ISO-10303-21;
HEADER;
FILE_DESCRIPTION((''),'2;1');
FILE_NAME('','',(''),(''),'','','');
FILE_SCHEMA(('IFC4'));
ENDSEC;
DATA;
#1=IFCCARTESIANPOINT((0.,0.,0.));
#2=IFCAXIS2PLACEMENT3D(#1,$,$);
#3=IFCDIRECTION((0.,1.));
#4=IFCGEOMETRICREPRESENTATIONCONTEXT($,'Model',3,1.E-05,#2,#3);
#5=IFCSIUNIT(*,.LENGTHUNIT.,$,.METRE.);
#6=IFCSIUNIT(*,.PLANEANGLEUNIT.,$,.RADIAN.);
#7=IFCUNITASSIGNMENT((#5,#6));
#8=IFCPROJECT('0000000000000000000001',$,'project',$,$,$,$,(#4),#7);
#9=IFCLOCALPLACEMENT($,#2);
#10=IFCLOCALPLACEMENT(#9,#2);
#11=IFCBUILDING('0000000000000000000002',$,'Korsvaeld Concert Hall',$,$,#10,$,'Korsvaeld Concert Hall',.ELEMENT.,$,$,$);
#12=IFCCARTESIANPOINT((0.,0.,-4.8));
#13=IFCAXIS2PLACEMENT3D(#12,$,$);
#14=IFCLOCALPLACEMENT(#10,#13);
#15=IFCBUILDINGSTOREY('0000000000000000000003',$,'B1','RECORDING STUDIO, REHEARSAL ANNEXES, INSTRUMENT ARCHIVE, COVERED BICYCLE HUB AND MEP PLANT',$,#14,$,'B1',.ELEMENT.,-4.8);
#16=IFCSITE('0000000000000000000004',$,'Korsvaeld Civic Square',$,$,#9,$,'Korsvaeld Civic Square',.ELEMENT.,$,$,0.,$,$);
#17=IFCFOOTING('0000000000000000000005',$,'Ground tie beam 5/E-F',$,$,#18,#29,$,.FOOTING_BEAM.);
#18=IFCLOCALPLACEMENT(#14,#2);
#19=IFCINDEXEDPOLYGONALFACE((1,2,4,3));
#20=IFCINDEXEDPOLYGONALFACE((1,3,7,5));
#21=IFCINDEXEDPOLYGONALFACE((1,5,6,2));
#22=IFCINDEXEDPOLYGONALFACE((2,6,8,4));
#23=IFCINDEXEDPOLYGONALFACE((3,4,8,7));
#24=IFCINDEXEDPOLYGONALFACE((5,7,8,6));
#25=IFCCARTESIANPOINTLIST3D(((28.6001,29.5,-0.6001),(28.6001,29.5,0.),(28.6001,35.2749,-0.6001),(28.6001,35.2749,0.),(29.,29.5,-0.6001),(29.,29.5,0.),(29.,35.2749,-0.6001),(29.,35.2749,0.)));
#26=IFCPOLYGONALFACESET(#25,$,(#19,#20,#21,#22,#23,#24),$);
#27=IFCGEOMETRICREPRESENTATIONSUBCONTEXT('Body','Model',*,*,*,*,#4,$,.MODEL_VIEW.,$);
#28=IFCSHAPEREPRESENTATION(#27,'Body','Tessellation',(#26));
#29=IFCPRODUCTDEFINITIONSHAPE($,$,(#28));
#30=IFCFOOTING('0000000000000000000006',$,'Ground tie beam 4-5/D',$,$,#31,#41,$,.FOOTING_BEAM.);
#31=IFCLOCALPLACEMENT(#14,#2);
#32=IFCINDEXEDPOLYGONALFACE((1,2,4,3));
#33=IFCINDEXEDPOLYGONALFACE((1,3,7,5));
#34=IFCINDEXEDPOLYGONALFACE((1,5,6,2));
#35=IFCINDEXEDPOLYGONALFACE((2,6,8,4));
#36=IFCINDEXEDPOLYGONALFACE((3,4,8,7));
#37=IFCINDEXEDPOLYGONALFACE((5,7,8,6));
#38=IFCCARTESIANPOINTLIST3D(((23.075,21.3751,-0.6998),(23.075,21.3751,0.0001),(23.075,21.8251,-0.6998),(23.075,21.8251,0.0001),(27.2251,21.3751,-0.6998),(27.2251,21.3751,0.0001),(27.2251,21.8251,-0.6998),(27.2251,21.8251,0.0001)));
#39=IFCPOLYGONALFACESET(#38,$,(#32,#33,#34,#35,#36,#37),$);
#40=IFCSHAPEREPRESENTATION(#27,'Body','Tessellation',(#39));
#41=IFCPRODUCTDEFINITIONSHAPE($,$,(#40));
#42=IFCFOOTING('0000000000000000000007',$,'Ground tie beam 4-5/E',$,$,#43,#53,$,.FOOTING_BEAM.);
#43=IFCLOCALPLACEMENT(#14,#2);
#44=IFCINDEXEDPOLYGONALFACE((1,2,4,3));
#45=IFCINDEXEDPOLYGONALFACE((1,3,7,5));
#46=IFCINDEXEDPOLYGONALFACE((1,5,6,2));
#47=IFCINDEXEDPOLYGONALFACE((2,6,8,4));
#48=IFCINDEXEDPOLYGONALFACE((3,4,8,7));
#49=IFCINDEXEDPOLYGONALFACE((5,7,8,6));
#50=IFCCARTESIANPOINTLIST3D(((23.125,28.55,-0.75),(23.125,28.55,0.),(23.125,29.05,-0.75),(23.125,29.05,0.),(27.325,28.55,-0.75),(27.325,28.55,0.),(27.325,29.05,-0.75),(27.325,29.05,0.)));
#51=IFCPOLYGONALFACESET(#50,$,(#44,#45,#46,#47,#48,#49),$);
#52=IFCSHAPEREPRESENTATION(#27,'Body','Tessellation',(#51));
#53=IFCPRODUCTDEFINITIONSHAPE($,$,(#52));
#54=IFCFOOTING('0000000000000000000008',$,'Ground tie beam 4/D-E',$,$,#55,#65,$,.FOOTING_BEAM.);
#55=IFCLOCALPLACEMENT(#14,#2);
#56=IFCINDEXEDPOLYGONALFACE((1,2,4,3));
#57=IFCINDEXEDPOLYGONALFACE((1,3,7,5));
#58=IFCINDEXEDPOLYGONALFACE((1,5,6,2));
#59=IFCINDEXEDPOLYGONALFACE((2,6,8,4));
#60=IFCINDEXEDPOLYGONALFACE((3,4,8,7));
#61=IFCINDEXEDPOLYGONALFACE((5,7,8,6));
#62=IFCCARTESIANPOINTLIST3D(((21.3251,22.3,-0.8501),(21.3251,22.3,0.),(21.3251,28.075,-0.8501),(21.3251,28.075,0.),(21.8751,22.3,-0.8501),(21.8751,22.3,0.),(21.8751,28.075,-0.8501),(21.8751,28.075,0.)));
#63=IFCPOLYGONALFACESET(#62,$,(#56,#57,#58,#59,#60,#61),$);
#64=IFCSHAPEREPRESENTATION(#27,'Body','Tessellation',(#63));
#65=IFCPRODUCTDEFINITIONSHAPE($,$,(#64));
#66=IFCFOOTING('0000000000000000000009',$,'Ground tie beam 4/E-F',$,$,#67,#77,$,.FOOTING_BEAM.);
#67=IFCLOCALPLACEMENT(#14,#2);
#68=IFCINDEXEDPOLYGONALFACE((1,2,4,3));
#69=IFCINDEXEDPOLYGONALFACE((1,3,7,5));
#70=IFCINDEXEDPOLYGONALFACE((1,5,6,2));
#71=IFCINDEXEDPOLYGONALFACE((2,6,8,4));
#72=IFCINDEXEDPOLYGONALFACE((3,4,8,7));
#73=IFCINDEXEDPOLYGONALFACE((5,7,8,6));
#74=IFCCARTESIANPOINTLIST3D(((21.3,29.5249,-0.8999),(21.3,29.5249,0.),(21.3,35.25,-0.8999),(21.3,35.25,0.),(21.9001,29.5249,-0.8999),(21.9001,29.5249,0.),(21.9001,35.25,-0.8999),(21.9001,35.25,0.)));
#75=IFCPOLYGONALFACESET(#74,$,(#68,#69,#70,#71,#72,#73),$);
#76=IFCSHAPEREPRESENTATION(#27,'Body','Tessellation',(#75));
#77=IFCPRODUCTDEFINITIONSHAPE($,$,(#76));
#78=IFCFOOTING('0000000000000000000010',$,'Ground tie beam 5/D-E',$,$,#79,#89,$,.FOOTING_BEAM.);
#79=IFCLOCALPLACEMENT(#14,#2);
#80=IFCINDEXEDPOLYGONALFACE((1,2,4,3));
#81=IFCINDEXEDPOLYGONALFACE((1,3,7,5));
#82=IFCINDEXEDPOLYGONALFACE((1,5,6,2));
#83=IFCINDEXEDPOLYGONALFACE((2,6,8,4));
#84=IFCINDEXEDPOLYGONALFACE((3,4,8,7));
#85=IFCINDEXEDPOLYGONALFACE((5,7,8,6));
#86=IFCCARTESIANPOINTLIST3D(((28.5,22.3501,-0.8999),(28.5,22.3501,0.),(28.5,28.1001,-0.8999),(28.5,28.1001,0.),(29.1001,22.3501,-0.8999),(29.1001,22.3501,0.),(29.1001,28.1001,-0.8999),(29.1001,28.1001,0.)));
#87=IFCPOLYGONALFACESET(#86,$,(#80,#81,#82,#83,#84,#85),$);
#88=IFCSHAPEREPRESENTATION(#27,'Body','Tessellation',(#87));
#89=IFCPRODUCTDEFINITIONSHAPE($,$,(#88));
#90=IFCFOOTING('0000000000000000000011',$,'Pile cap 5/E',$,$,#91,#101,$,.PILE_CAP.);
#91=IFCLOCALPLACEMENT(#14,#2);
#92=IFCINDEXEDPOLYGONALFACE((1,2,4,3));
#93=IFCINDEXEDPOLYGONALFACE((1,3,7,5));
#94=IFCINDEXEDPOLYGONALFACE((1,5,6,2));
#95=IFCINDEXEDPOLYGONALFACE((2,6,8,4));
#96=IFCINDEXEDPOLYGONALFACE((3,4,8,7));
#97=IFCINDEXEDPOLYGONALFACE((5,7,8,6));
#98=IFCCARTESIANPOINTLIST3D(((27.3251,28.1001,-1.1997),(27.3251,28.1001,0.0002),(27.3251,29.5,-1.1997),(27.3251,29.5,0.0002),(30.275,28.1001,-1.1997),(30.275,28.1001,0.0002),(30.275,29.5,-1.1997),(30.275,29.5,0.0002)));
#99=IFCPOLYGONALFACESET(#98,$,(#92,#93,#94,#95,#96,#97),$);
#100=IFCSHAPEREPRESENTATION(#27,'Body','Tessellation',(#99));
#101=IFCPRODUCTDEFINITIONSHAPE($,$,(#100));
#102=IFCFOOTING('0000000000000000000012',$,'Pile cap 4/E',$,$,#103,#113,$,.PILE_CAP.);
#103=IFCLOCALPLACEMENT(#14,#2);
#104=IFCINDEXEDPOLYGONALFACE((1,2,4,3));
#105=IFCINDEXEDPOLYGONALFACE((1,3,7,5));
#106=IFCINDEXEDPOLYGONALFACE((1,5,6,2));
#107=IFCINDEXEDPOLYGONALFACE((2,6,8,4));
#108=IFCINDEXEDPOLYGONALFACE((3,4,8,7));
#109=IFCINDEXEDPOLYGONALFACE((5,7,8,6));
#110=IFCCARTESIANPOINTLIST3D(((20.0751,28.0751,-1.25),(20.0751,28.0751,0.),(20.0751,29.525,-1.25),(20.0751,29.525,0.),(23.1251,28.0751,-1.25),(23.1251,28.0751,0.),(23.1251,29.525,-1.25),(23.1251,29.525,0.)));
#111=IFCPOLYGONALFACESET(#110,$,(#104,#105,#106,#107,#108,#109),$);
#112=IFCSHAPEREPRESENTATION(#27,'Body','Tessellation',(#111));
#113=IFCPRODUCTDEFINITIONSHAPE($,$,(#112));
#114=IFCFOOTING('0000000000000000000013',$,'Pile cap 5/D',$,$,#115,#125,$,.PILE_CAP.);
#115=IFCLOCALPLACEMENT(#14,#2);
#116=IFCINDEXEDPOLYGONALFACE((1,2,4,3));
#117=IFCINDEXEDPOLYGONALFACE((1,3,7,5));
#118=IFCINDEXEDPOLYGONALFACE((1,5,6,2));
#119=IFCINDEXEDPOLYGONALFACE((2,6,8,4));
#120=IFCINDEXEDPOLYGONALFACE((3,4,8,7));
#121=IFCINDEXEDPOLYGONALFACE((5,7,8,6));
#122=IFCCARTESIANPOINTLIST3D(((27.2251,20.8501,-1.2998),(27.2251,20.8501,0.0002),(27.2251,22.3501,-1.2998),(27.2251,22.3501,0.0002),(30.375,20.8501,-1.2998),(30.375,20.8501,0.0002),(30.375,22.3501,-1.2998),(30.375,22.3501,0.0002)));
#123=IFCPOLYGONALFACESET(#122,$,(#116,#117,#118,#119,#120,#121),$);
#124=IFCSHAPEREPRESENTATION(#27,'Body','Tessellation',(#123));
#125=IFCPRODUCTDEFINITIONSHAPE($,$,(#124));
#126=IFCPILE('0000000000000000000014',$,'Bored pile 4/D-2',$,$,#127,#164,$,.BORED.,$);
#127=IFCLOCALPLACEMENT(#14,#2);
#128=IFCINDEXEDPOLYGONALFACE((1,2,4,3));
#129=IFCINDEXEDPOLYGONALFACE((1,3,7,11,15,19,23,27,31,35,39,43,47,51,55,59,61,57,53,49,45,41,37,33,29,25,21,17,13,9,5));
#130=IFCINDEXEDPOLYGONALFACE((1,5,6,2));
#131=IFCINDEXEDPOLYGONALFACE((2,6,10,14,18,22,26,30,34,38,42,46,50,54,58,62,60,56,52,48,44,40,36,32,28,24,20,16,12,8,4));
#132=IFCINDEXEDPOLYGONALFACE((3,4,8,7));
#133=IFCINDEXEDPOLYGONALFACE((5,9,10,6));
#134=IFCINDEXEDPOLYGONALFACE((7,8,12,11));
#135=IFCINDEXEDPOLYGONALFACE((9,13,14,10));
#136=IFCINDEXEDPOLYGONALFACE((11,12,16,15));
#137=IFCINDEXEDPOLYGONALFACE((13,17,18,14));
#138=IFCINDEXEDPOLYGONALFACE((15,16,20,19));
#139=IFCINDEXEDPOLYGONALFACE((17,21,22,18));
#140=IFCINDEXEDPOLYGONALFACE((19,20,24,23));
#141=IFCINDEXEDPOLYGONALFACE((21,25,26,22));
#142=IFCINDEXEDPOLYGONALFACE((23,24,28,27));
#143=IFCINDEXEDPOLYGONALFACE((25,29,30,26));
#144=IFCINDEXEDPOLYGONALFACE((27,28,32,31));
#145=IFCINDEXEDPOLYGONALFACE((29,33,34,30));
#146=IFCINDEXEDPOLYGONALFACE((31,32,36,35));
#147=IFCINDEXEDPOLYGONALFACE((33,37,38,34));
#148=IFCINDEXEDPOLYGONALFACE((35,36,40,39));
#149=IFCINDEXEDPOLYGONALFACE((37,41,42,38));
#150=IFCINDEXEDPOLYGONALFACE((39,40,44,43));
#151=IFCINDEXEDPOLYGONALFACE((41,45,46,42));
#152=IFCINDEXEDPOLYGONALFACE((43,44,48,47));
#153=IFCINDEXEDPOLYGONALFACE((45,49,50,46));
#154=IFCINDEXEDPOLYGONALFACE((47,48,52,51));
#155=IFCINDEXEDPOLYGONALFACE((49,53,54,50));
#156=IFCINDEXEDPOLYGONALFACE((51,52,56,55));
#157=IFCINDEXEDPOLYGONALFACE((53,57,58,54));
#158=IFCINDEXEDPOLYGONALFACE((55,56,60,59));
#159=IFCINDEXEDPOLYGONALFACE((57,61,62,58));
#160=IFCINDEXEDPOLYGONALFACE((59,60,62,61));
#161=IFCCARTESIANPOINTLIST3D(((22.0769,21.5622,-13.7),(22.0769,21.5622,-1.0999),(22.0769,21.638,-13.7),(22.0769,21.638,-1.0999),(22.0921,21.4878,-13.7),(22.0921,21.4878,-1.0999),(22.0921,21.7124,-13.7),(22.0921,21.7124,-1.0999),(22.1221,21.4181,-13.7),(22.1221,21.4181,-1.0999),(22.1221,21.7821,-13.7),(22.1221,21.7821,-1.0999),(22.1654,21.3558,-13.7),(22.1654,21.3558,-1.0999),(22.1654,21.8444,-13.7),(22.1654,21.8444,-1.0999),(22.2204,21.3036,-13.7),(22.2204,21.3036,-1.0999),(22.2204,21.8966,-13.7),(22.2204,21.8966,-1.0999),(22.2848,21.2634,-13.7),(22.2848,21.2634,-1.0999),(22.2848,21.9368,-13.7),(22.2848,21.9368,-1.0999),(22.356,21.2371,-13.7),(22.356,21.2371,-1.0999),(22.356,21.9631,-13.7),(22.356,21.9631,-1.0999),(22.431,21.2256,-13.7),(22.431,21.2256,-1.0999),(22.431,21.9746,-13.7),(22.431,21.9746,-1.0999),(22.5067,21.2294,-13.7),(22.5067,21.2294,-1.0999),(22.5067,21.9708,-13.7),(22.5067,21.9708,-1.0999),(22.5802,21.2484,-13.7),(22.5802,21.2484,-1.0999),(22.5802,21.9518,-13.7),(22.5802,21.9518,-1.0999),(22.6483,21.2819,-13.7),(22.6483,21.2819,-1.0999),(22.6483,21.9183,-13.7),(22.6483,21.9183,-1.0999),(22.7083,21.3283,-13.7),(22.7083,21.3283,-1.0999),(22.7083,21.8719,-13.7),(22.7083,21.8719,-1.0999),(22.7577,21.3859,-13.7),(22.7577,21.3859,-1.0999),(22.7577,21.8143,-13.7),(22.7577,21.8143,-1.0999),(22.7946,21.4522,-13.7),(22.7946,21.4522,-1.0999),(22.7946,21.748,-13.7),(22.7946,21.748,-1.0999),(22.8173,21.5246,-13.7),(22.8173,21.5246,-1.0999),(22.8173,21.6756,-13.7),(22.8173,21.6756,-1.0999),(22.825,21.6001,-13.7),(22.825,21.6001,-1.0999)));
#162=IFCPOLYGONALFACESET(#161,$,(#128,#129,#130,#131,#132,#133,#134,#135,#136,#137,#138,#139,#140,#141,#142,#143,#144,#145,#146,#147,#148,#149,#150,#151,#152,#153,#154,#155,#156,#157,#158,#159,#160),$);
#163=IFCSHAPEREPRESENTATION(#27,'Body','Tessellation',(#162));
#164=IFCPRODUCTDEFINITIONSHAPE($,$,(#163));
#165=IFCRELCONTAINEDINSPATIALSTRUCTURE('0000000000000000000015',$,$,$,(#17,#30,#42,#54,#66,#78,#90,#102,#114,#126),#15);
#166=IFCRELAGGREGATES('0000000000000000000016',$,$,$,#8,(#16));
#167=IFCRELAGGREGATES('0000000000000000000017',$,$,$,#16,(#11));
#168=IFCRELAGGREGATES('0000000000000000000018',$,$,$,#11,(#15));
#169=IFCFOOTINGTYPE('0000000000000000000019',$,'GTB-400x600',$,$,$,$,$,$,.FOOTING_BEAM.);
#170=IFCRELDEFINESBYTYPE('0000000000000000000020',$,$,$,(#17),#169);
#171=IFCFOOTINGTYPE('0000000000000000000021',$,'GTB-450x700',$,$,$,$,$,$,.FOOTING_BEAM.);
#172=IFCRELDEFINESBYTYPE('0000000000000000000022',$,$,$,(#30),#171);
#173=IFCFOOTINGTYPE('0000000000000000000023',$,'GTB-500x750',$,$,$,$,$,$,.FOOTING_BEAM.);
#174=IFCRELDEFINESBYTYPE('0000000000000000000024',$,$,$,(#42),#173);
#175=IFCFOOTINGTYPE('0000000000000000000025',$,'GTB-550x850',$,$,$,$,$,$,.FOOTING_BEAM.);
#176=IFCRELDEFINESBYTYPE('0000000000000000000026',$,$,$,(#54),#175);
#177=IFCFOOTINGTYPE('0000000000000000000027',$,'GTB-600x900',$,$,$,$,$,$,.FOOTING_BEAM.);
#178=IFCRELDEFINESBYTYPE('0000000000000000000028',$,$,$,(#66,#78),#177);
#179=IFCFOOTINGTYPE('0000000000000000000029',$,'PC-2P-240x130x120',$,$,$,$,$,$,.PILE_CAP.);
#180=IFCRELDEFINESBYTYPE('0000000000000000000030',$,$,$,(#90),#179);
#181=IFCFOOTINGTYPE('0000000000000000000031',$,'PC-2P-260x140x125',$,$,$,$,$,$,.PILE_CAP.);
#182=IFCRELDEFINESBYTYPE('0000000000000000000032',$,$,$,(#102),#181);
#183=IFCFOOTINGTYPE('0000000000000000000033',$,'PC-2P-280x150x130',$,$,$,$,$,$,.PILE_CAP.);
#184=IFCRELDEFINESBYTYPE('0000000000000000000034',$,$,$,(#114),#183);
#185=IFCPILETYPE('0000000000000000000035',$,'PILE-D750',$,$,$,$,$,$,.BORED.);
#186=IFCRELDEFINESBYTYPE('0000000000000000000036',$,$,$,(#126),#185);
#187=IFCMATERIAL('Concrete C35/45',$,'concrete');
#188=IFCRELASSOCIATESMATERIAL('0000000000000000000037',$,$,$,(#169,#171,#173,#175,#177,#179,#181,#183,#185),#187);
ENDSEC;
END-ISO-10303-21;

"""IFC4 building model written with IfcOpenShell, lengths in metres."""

from ifc_helpers import new_model, si_unit, direction, frame, origin, origin_2d, place, context, subcontext, project, spatial, rectangle, circle, extrude, material, material_profile, profile_set, type_object, element, save


model = new_model("IFC4")

# Units and contexts
model_context = context("Model", 3, precision=1e-05, world=origin(), true_north=direction((0.0, 1.0)))
body_context = subcontext(model_context, "Body", "Model", "MODEL_VIEW")
ifc_project = project(units=[si_unit("LENGTHUNIT", "METRE"), si_unit("PLANEANGLEUNIT", "RADIAN")], contexts=[model_context])

# Site, building, storey
site_placement = place(None, origin())
site = spatial("IfcSite", under=ifc_project, at=site_placement, Name="Korsvaeld Civic Square", LongName="Korsvaeld Civic Square", CompositionType="ELEMENT", RefElevation=0.0)
building_placement = place(site_placement, origin())
building = spatial("IfcBuilding", under=site, at=building_placement, Name="Korsvaeld Concert Hall", LongName="Korsvaeld Concert Hall", CompositionType="ELEMENT")
storey_placement = place(building_placement, frame((0.0, 0.0, -4.8)))
storey = spatial("IfcBuildingStorey", under=building, at=storey_placement, Name="B1", Description="RECORDING STUDIO, REHEARSAL ANNEXES, INSTRUMENT ARCHIVE, COVERED BICYCLE HUB AND MEP PLANT", LongName="B1", CompositionType="ELEMENT", Elevation=-4.8)

# Footings
ifc_material_1 = material(Name="Concrete C35/45", Category="concrete")
ifc_material_profile_1 = material_profile(ifc_material_1, rectangle(XDim=0.3999, YDim=0.6001, at=origin_2d()), Name="GTB 400x600")
ifc_profile_set_1 = profile_set([ifc_material_profile_1], Name="Concrete C35/45")
footing_type_1 = type_object("IfcFootingType", Name="GTB-400x600", PredefinedType="FOOTING_BEAM", material=ifc_profile_set_1)
footing_1_placement = place(storey_placement, frame((28.8, 29.5, -0.3), z_axis=(0.0, 1.0, 0.0), x_axis=(-1.0, 0.0, 0.0)))
element("IfcFooting", 1, at=footing_1_placement, inside=storey, type_object=footing_type_1, Name="Ground tie beam 5/E-F", PredefinedType="FOOTING_BEAM", context=body_context, shape_type="SweptSolid", body=[
    extrude(rectangle(XDim=0.3999, YDim=0.6001, at=origin_2d()), origin(), (0.0, 0.0, 1.0), 5.7749),
])
ifc_material_profile_2 = material_profile(ifc_material_1, rectangle(XDim=0.45, YDim=0.7, at=origin_2d()), Name="GTB 450x700")
ifc_profile_set_2 = profile_set([ifc_material_profile_2], Name="Concrete C35/45")
footing_type_2 = type_object("IfcFootingType", Name="GTB-450x700", PredefinedType="FOOTING_BEAM", material=ifc_profile_set_2)
footing_2_placement = place(storey_placement, frame((23.075, 21.6001, -0.3499), z_axis=(1.0, 0.0, 0.0), x_axis=(0.0, 1.0, 0.0)))
element("IfcFooting", 2, at=footing_2_placement, inside=storey, type_object=footing_type_2, Name="Ground tie beam 4-5/D", PredefinedType="FOOTING_BEAM", context=body_context, shape_type="SweptSolid", body=[
    extrude(rectangle(XDim=0.45, YDim=0.7, at=origin_2d()), origin(), (0.0, 0.0, 1.0), 4.1501),
])
ifc_material_profile_3 = material_profile(ifc_material_1, rectangle(XDim=0.5, YDim=0.75, at=origin_2d()), Name="GTB 500x750")
ifc_profile_set_3 = profile_set([ifc_material_profile_3], Name="Concrete C35/45")
footing_type_3 = type_object("IfcFootingType", Name="GTB-500x750", PredefinedType="FOOTING_BEAM", material=ifc_profile_set_3)
footing_3_placement = place(storey_placement, frame((23.125, 28.8, -0.375), z_axis=(1.0, 0.0, 0.0), x_axis=(0.0, 1.0, 0.0)))
element("IfcFooting", 3, at=footing_3_placement, inside=storey, type_object=footing_type_3, Name="Ground tie beam 4-5/E", PredefinedType="FOOTING_BEAM", context=body_context, shape_type="SweptSolid", body=[
    extrude(rectangle(XDim=0.5, YDim=0.75, at=origin_2d()), origin(), (0.0, 0.0, 1.0), 4.2),
])
ifc_material_profile_4 = material_profile(ifc_material_1, rectangle(XDim=0.55, YDim=0.8501, at=origin_2d()), Name="GTB 550x850")
ifc_profile_set_4 = profile_set([ifc_material_profile_4], Name="Concrete C35/45")
footing_type_4 = type_object("IfcFootingType", Name="GTB-550x850", PredefinedType="FOOTING_BEAM", material=ifc_profile_set_4)
footing_4_placement = place(storey_placement, frame((21.6001, 22.3, -0.425), z_axis=(0.0, 1.0, 0.0), x_axis=(-1.0, 0.0, 0.0)))
element("IfcFooting", 4, at=footing_4_placement, inside=storey, type_object=footing_type_4, Name="Ground tie beam 4/D-E", PredefinedType="FOOTING_BEAM", context=body_context, shape_type="SweptSolid", body=[
    extrude(rectangle(XDim=0.55, YDim=0.8501, at=origin_2d()), origin(), (0.0, 0.0, 1.0), 5.7749),
])
ifc_material_profile_5 = material_profile(ifc_material_1, rectangle(XDim=0.6001, YDim=0.8999, at=origin_2d()), Name="GTB 600x900")
ifc_profile_set_5 = profile_set([ifc_material_profile_5], Name="Concrete C35/45")
footing_type_5 = type_object("IfcFootingType", Name="GTB-600x900", PredefinedType="FOOTING_BEAM", material=ifc_profile_set_5)
footing_5_placement = place(storey_placement, frame((21.6001, 29.5249, -0.45), z_axis=(0.0, 1.0, 0.0), x_axis=(-1.0, 0.0, 0.0)))
element("IfcFooting", 5, at=footing_5_placement, inside=storey, type_object=footing_type_5, Name="Ground tie beam 4/E-F", PredefinedType="FOOTING_BEAM", context=body_context, shape_type="SweptSolid", body=[
    extrude(rectangle(XDim=0.6001, YDim=0.8999, at=origin_2d()), origin(), (0.0, 0.0, 1.0), 5.7251),
])
footing_6_placement = place(storey_placement, frame((28.8, 22.3501, -0.45), z_axis=(0.0, 1.0, 0.0), x_axis=(-1.0, 0.0, 0.0)))
element("IfcFooting", 6, at=footing_6_placement, inside=storey, type_object=footing_type_5, Name="Ground tie beam 5/D-E", PredefinedType="FOOTING_BEAM", context=body_context, shape_type="SweptSolid", body=[
    extrude(rectangle(XDim=0.6001, YDim=0.8999, at=origin_2d()), origin(), (0.0, 0.0, 1.0), 5.75),
])
footing_type_6 = type_object("IfcFootingType", Name="PC-2P-240x130x120", PredefinedType="PILE_CAP", material=ifc_material_1)
footing_7_placement = place(storey_placement, frame((28.8, 28.8, -1.1997), z_axis=(0.0, 0.0, 1.0), x_axis=(1.0, 0.0, 0.0)))
element("IfcFooting", 7, at=footing_7_placement, inside=storey, type_object=footing_type_6, Name="Pile cap 5/E", PredefinedType="PILE_CAP", context=body_context, shape_type="SweptSolid", body=[
    extrude(rectangle(XDim=2.95, YDim=1.3999, at=origin_2d()), origin(), (0.0, 0.0, 1.0), 1.2),
])
footing_type_7 = type_object("IfcFootingType", Name="PC-2P-260x140x125", PredefinedType="PILE_CAP", material=ifc_material_1)
footing_8_placement = place(storey_placement, frame((21.6001, 28.8, -1.25), z_axis=(0.0, 0.0, 1.0), x_axis=(1.0, 0.0, 0.0)))
element("IfcFooting", 8, at=footing_8_placement, inside=storey, type_object=footing_type_7, Name="Pile cap 4/E", PredefinedType="PILE_CAP", context=body_context, shape_type="SweptSolid", body=[
    extrude(rectangle(XDim=3.05, YDim=1.45, at=origin_2d()), origin(), (0.0, 0.0, 1.0), 1.25),
])
footing_type_8 = type_object("IfcFootingType", Name="PC-2P-280x150x130", PredefinedType="PILE_CAP", material=ifc_material_1)
footing_9_placement = place(storey_placement, frame((28.8, 21.6001, -1.2998), z_axis=(0.0, 0.0, 1.0), x_axis=(1.0, 0.0, 0.0)))
element("IfcFooting", 9, at=footing_9_placement, inside=storey, type_object=footing_type_8, Name="Pile cap 5/D", PredefinedType="PILE_CAP", context=body_context, shape_type="SweptSolid", body=[
    extrude(rectangle(XDim=3.1499, YDim=1.5, at=origin_2d()), origin(), (0.0, 0.0, 1.0), 1.3),
])

# Pile
ifc_material_profile_6 = material_profile(ifc_material_1, circle(Radius=0.375, at=origin_2d()), Name="BORED PILE D750")
ifc_profile_set_6 = profile_set([ifc_material_profile_6], Name="Concrete C35/45")
pile_type_1 = type_object("IfcPileType", Name="PILE-D750", PredefinedType="BORED", material=ifc_profile_set_6)
pile_1_placement = place(storey_placement, frame((22.45, 21.6001, -1.0999), z_axis=(0.0, 0.0, -1.0), x_axis=(1.0, 0.0, 0.0)))
element("IfcPile", 10, at=pile_1_placement, inside=storey, type_object=pile_type_1, Name="Bored pile 4/D-2", PredefinedType="BORED", context=body_context, shape_type="SweptSolid", body=[
    extrude(circle(Radius=0.375, at=origin_2d()), origin(), (0.0, 0.0, 1.0), 12.6001),
])

save(model, "model.ifc")
